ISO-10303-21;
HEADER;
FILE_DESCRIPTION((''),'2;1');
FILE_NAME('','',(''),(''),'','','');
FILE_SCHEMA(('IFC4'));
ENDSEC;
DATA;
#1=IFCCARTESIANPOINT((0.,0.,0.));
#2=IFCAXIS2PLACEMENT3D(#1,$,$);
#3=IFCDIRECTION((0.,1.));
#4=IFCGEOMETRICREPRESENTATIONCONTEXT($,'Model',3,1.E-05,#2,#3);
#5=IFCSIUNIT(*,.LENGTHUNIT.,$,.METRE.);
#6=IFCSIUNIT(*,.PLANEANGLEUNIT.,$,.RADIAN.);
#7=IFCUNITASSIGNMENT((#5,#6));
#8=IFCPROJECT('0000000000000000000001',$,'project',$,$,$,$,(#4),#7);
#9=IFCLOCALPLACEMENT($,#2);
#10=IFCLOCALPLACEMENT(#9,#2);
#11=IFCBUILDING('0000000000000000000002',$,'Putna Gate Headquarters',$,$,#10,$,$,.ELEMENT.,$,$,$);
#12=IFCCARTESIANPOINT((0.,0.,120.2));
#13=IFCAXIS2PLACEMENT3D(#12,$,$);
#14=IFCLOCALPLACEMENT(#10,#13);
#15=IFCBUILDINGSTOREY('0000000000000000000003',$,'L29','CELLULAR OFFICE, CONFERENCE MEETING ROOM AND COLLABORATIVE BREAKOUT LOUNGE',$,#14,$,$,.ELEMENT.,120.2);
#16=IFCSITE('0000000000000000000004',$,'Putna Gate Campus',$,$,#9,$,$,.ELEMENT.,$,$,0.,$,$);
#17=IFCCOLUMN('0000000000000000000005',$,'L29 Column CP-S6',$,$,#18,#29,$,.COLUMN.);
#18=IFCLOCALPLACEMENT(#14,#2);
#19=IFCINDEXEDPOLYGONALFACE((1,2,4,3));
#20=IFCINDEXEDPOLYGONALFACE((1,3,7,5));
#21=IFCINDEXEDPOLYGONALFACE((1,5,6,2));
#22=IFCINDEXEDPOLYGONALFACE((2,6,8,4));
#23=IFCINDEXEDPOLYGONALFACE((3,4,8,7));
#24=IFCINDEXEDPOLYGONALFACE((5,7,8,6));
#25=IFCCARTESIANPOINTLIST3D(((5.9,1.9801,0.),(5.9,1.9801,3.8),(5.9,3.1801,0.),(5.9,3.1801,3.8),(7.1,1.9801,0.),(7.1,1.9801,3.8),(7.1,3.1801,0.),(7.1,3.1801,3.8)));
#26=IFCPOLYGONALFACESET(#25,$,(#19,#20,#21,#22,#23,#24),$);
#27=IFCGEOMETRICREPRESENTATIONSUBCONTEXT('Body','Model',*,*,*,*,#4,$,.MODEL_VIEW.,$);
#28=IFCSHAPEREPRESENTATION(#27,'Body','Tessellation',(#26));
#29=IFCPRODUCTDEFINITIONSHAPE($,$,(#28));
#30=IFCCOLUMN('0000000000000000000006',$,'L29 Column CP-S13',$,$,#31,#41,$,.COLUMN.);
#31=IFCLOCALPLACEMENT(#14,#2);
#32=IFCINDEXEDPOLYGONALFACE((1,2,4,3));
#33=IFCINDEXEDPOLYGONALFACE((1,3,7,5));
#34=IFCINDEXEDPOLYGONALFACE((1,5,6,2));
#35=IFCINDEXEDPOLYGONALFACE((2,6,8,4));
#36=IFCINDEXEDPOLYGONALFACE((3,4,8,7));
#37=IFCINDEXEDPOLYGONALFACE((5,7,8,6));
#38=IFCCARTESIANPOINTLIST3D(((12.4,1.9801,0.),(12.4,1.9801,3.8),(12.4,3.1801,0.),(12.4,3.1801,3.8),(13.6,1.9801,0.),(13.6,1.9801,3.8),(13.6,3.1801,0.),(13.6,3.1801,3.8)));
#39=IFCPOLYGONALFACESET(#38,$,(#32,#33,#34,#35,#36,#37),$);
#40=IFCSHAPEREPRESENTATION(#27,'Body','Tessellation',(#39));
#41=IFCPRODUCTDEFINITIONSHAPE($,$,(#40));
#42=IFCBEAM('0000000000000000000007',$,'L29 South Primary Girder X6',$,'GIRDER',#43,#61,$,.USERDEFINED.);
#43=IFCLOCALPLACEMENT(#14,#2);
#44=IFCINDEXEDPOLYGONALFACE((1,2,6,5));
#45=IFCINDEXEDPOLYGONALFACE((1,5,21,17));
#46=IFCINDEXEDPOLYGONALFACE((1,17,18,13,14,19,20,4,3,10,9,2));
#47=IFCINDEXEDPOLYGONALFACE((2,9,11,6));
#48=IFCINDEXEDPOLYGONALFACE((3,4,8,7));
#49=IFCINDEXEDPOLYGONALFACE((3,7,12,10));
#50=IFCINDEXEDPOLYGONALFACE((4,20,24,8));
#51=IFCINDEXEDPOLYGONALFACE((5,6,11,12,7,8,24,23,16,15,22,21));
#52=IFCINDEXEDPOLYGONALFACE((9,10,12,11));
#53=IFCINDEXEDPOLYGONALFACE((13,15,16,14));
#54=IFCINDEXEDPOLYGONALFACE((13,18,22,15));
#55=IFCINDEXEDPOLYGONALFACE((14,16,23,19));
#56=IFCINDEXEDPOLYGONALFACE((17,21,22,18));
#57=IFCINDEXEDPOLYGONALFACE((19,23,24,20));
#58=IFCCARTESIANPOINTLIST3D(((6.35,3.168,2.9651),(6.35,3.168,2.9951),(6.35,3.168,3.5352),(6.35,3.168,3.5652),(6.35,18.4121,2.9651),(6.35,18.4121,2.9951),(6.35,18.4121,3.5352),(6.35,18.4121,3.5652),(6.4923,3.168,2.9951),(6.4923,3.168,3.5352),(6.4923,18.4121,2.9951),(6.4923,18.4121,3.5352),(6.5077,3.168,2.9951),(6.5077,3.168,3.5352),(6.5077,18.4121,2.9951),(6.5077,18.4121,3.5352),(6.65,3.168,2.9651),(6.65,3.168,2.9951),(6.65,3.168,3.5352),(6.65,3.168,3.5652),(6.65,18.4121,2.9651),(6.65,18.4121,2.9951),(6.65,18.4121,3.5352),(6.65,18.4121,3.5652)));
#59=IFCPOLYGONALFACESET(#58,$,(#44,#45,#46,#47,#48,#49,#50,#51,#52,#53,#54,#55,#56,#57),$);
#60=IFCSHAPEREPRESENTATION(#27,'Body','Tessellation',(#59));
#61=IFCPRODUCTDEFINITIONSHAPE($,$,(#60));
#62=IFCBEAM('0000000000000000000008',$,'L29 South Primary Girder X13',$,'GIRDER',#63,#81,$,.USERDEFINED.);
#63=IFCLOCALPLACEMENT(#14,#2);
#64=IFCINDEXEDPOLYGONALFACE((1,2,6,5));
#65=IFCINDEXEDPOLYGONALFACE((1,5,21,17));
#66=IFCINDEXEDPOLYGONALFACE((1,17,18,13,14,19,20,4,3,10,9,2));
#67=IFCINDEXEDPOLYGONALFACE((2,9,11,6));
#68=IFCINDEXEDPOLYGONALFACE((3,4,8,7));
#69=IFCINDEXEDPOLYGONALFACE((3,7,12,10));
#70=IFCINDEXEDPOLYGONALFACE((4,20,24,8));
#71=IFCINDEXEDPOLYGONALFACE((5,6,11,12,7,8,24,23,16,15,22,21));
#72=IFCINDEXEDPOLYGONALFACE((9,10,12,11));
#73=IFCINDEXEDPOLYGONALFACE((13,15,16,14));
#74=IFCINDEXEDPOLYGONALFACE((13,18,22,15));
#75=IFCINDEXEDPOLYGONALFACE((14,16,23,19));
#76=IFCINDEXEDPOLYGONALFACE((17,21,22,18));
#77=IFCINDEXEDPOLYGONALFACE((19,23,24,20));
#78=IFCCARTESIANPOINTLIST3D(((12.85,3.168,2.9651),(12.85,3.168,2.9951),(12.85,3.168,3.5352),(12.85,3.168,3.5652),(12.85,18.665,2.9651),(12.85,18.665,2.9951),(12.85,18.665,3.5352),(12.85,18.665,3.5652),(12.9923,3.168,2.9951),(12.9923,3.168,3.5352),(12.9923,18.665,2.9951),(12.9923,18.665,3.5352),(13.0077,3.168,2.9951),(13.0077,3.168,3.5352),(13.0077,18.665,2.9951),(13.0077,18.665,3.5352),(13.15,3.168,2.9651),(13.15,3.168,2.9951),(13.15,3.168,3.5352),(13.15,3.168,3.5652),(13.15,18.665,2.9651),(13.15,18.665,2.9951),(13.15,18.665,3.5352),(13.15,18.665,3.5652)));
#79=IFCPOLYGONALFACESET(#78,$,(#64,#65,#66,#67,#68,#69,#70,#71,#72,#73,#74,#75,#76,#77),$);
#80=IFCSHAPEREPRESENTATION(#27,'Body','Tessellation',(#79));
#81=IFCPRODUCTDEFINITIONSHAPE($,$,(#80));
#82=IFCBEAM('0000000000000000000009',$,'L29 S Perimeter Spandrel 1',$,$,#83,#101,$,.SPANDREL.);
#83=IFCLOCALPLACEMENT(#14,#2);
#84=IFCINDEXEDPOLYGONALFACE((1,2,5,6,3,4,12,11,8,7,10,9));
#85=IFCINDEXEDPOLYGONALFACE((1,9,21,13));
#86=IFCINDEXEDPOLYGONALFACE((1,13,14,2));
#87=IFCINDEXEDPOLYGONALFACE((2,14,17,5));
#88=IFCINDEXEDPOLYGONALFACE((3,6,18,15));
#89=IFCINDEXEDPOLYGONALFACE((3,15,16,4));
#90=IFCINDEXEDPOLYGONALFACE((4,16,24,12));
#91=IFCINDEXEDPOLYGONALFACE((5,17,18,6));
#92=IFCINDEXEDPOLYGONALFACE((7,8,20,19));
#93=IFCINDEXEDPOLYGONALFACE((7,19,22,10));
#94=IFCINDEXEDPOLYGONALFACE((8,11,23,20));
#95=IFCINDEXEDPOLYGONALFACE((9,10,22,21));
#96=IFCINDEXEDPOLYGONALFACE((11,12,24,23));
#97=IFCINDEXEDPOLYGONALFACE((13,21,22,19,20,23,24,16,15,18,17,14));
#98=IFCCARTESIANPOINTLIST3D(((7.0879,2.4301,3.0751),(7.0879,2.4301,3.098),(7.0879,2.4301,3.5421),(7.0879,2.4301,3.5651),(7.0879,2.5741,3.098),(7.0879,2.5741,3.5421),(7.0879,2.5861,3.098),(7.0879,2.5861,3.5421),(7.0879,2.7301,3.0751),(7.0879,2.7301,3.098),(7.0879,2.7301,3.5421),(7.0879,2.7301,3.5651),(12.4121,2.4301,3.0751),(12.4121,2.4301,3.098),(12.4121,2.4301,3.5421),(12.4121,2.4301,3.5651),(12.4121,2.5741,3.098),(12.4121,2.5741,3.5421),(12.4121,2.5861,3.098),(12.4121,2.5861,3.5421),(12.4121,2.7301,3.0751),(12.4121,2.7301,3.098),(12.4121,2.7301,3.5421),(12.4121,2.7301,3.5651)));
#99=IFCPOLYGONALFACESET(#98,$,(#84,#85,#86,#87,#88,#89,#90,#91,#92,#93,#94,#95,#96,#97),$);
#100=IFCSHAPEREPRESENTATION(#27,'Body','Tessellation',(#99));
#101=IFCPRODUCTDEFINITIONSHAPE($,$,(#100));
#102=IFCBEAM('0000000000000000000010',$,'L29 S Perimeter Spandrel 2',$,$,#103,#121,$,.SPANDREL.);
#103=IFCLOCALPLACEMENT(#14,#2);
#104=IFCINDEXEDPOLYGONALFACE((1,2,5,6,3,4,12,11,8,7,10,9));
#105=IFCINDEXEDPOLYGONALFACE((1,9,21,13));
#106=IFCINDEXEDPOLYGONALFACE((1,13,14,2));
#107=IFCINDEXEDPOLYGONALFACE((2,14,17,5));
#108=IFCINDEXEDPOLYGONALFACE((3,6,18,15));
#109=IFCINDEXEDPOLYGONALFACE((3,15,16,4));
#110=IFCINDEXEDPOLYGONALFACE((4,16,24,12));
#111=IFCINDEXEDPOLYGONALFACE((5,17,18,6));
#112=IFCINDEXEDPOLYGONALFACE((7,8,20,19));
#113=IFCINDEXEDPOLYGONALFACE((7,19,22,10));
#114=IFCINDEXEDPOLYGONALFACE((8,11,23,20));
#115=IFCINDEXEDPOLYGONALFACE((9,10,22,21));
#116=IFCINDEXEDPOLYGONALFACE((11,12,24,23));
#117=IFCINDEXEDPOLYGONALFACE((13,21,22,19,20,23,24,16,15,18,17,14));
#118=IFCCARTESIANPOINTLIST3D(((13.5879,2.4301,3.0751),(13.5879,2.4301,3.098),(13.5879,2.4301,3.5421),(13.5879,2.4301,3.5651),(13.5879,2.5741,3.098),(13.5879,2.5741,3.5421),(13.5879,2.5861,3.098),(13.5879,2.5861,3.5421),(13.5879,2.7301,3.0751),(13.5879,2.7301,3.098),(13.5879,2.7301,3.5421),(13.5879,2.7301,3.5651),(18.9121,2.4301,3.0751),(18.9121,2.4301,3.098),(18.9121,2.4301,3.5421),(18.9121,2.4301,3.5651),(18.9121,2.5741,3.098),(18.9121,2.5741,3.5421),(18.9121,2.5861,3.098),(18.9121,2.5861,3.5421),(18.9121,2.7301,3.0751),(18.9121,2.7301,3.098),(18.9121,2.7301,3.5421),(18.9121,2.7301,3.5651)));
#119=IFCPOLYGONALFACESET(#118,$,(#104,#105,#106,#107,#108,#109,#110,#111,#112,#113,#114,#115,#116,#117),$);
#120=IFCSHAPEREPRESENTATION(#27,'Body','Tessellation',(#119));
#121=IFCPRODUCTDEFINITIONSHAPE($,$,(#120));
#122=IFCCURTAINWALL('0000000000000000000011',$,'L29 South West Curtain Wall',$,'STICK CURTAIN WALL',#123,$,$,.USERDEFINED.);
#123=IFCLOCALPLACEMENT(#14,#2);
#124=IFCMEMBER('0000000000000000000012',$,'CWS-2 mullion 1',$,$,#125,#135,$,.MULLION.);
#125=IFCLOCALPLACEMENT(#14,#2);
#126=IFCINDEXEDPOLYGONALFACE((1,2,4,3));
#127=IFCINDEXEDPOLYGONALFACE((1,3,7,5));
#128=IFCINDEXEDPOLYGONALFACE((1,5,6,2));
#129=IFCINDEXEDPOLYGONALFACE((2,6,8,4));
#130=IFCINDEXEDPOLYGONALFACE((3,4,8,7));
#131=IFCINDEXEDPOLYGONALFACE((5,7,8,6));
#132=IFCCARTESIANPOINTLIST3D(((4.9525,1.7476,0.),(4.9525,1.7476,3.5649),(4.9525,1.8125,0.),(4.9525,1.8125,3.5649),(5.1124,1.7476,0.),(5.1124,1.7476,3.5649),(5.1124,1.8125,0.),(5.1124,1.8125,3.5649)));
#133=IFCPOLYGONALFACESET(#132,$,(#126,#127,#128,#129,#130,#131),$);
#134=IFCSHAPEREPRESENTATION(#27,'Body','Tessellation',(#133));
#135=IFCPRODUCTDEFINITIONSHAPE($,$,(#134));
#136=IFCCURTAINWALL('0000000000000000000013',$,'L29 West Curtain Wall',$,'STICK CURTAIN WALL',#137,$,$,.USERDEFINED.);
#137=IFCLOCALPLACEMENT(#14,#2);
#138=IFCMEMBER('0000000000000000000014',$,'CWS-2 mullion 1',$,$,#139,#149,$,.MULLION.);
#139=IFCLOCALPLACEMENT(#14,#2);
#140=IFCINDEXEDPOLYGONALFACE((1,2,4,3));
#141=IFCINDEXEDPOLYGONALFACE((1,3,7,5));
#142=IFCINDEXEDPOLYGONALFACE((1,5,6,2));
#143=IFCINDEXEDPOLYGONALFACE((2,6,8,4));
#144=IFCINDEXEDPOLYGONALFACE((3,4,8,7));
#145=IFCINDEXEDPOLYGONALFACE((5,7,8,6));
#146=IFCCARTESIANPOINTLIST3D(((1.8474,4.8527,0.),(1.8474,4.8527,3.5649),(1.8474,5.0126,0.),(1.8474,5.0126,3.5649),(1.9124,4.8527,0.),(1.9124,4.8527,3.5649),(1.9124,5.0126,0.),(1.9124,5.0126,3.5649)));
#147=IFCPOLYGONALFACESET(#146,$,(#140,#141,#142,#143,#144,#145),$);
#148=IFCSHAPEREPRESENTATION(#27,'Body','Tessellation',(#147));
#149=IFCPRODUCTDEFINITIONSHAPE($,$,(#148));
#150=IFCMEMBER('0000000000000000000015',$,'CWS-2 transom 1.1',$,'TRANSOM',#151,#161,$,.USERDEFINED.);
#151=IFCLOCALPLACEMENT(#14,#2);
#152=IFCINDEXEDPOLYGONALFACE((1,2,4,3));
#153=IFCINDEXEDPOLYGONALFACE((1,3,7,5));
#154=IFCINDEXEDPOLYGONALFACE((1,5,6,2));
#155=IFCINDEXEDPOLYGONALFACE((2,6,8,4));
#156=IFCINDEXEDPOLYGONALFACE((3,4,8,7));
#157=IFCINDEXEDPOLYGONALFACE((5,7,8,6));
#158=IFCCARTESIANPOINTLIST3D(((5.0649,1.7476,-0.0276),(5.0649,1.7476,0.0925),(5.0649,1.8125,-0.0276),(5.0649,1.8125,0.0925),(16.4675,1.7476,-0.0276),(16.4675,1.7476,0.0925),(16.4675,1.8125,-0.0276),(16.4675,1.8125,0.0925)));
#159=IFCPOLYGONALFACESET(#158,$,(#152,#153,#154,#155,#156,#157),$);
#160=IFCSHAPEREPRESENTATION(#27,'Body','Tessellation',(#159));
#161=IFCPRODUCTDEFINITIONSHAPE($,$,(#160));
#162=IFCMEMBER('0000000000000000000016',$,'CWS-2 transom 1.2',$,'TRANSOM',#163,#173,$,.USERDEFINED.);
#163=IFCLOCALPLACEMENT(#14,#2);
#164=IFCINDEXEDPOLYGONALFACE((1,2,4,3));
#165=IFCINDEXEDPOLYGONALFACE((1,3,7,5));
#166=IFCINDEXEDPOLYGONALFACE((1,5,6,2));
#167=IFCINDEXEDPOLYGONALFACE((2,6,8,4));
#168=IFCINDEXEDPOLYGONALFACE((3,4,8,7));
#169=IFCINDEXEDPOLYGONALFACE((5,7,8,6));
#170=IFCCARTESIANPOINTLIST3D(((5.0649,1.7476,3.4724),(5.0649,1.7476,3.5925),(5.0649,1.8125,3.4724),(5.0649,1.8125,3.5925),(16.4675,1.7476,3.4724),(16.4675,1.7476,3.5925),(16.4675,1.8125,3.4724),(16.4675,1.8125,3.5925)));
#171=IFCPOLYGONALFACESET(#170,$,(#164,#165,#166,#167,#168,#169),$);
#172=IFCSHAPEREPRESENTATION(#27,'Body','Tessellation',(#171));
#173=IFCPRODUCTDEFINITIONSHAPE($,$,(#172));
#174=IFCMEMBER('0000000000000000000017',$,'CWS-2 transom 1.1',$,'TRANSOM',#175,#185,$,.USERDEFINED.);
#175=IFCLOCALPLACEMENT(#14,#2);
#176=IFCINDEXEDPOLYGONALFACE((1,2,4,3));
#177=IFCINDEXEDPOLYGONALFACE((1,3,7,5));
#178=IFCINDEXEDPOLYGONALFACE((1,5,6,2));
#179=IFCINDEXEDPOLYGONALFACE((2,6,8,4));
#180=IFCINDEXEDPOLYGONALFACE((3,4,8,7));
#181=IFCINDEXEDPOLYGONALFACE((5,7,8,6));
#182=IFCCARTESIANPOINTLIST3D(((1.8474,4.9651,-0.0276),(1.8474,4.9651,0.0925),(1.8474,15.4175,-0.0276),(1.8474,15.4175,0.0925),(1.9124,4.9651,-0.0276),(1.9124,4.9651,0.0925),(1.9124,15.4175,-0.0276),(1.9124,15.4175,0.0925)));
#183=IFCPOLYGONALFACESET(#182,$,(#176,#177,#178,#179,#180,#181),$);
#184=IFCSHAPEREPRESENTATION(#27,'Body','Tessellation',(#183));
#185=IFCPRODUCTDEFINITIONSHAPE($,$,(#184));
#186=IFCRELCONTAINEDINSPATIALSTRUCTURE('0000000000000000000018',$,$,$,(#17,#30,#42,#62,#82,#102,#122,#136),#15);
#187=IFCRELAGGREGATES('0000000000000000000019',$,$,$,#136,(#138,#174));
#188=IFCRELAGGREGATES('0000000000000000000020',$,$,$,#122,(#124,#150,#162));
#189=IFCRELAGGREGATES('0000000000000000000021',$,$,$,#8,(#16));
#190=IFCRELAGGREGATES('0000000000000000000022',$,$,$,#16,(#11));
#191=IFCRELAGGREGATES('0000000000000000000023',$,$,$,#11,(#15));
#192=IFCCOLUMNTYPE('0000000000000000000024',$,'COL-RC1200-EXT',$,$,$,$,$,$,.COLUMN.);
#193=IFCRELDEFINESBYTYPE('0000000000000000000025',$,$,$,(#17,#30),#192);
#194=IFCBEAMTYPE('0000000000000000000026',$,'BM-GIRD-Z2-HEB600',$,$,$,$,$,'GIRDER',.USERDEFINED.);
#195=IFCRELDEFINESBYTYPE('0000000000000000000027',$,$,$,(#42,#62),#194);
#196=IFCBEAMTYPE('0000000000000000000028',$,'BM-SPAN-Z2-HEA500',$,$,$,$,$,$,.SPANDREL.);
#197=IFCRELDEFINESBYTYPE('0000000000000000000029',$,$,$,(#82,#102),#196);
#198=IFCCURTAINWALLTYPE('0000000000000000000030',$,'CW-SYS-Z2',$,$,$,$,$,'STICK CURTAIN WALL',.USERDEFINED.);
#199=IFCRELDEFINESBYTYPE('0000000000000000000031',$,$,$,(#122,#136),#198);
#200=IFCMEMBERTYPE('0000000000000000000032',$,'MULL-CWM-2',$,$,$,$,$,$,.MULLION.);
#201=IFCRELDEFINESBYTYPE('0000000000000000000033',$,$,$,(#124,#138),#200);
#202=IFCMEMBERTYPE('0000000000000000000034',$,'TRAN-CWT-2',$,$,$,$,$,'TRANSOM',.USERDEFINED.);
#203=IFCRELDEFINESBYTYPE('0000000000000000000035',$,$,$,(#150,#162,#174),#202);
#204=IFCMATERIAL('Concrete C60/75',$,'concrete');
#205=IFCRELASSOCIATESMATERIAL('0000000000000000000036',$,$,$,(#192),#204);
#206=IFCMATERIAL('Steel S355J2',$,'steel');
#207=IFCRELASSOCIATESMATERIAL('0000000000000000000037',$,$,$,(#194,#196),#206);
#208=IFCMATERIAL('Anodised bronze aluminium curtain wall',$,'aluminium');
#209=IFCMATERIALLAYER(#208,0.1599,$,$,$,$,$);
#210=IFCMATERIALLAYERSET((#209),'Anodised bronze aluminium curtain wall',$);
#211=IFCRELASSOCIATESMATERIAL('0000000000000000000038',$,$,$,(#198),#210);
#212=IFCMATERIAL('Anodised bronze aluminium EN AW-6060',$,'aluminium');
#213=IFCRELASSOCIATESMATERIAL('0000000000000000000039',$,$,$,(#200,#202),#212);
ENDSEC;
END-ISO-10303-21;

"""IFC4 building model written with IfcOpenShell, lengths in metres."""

from ifc_helpers import new_model, si_unit, direction, frame, origin, origin_2d, place, context, subcontext, project, spatial, rectangle, i_section, extrude, material, layer, layer_set, material_profile, profile_set, type_object, element, aggregate, save


model = new_model("IFC4")

# Units and contexts
model_context = context("Model", 3, precision=1e-05, world=origin(), true_north=direction((0.0, 1.0)))
body_context = subcontext(model_context, "Body", "Model", "MODEL_VIEW")
ifc_project = project(units=[si_unit("LENGTHUNIT", "METRE"), si_unit("PLANEANGLEUNIT", "RADIAN")], contexts=[model_context])

# Site, building, storey
site_placement = place(None, origin())
site = spatial("IfcSite", under=ifc_project, at=site_placement, Name="Putna Gate Campus", CompositionType="ELEMENT", RefElevation=0.0)
building_placement = place(site_placement, origin())
building = spatial("IfcBuilding", under=site, at=building_placement, Name="Putna Gate Headquarters", CompositionType="ELEMENT")
storey_placement = place(building_placement, frame((0.0, 0.0, 120.2)))
storey = spatial("IfcBuildingStorey", under=building, at=storey_placement, Name="L29", Description="CELLULAR OFFICE, CONFERENCE MEETING ROOM AND COLLABORATIVE BREAKOUT LOUNGE", CompositionType="ELEMENT", Elevation=120.2)

# Columns
ifc_material_1 = material(Name="Concrete C60/75", Category="concrete")
ifc_material_profile_1 = material_profile(ifc_material_1, rectangle(XDim=1.2, YDim=1.2, at=origin_2d()), Name="Concrete C60/75")
ifc_profile_set_1 = profile_set([ifc_material_profile_1], Name="Concrete C60/75")
column_type = type_object("IfcColumnType", Name="COL-RC1200-EXT", PredefinedType="COLUMN", material=ifc_profile_set_1)
for number, where, z_axis, x_axis, name in (
    (1, (6.5, 2.5801, 0.0), (0.0, 0.0, 1.0), (1.0, 0.0, 0.0), "L29 Column CP-S6"),
    (2, (13.0, 2.5801, 0.0), (0.0, 0.0, 1.0), (1.0, 0.0, 0.0), "L29 Column CP-S13"),
):
    element("IfcColumn", number, at=place(storey_placement, frame(where, z_axis=z_axis, x_axis=x_axis)), inside=storey, type_object=column_type, Name=name, PredefinedType="COLUMN", context=body_context, shape_type="SweptSolid", body=[
        extrude(rectangle(XDim=1.2, YDim=1.2, at=origin_2d()), origin(), (0.0, 0.0, 1.0), 3.8),
    ])

# Beams
ifc_material_2 = material(Name="Steel S355J2", Category="steel")
ifc_material_profile_2 = material_profile(ifc_material_2, i_section(OverallWidth=0.3, OverallDepth=0.6001, WebThickness=0.0154, FlangeThickness=0.03, at=origin_2d()), Name="Steel S355J2")
ifc_profile_set_2 = profile_set([ifc_material_profile_2], Name="Steel S355J2")
beam_type_1 = type_object("IfcBeamType", Name="BM-GIRD-Z2-HEB600", ElementType="GIRDER", PredefinedType="USERDEFINED", material=ifc_profile_set_2)
beam_1_placement = place(storey_placement, frame((6.5, 3.168, 3.2651), z_axis=(0.0, 1.0, 0.0), x_axis=(-1.0, 0.0, 0.0)))
element("IfcBeam", 3, at=beam_1_placement, inside=storey, type_object=beam_type_1, Name="L29 South Primary Girder X6", ObjectType="GIRDER", PredefinedType="USERDEFINED", context=body_context, shape_type="SweptSolid", body=[
    extrude(i_section(OverallWidth=0.3, OverallDepth=0.6001, WebThickness=0.0154, FlangeThickness=0.03, at=origin_2d()), origin(), (0.0, 0.0, 1.0), 15.2441),
])
beam_2_placement = place(storey_placement, frame((13.0, 3.168, 3.2651), z_axis=(0.0, 1.0, 0.0), x_axis=(-1.0, 0.0, 0.0)))
element("IfcBeam", 4, at=beam_2_placement, inside=storey, type_object=beam_type_1, Name="L29 South Primary Girder X13", ObjectType="GIRDER", PredefinedType="USERDEFINED", context=body_context, shape_type="SweptSolid", body=[
    extrude(i_section(OverallWidth=0.3, OverallDepth=0.6001, WebThickness=0.0154, FlangeThickness=0.03, at=origin_2d()), origin(), (0.0, 0.0, 1.0), 15.4971),
])
ifc_material_profile_3 = material_profile(ifc_material_2, i_section(OverallWidth=0.3, OverallDepth=0.49, WebThickness=0.012, FlangeThickness=0.0229, at=origin_2d()), Name="Steel S355J2")
ifc_profile_set_3 = profile_set([ifc_material_profile_3], Name="Steel S355J2")
beam_type_2 = type_object("IfcBeamType", Name="BM-SPAN-Z2-HEA500", PredefinedType="SPANDREL", material=ifc_profile_set_3)
for number, where, z_axis, x_axis, name in (
    (5, (7.0879, 2.5801, 3.3201), (1.0, 0.0, 0.0), (0.0, 1.0, 0.0), "L29 S Perimeter Spandrel 1"),
    (6, (13.5879, 2.5801, 3.3201), (1.0, 0.0, 0.0), (0.0, 1.0, 0.0), "L29 S Perimeter Spandrel 2"),
):
    element("IfcBeam", number, at=place(storey_placement, frame(where, z_axis=z_axis, x_axis=x_axis)), inside=storey, type_object=beam_type_2, Name=name, PredefinedType="SPANDREL", context=body_context, shape_type="SweptSolid", body=[
        extrude(i_section(OverallWidth=0.3, OverallDepth=0.49, WebThickness=0.012, FlangeThickness=0.0229, at=origin_2d()), origin(), (0.0, 0.0, 1.0), 5.3242),
    ])

# Curtain walls, members
ifc_material_3 = material(Name="Anodised bronze aluminium curtain wall", Category="aluminium")
ifc_layer_1 = layer(ifc_material_3, 0.1599)
ifc_layer_set_1 = layer_set([ifc_layer_1], Name="Anodised bronze aluminium curtain wall")
curtain_wall_type = type_object("IfcCurtainWallType", Name="CW-SYS-Z2", ElementType="STICK CURTAIN WALL", PredefinedType="USERDEFINED", material=ifc_layer_set_1)
curtain_wall_1_placement = place(storey_placement, origin())
curtain_wall_1 = element("IfcCurtainWall", 7, at=curtain_wall_1_placement, inside=storey, type_object=curtain_wall_type, Name="L29 South West Curtain Wall", ObjectType="STICK CURTAIN WALL", PredefinedType="USERDEFINED")
ifc_material_4 = material(Name="Anodised bronze aluminium EN AW-6060", Category="aluminium")
ifc_material_profile_4 = material_profile(ifc_material_4, rectangle(XDim=0.0649, YDim=0.1599, at=origin_2d()), Name="Anodised bronze aluminium EN AW-6060")
ifc_profile_set_4 = profile_set([ifc_material_profile_4], Name="Anodised bronze aluminium EN AW-6060")
member_type_1 = type_object("IfcMemberType", Name="MULL-CWM-2", PredefinedType="MULLION", material=ifc_profile_set_4)
member_1_placement = place(storey_placement, frame((5.0325, 1.78, 0.0), z_axis=(0.0, 0.0, 1.0), x_axis=(0.0, 1.0, 0.0)))
member_1 = element("IfcMember", 8, at=member_1_placement, type_object=member_type_1, Name="CWS-2 mullion 1", PredefinedType="MULLION", context=body_context, shape_type="SweptSolid", body=[
    extrude(rectangle(XDim=0.0649, YDim=0.1599, at=origin_2d()), origin(), (0.0, 0.0, 1.0), 3.5649),
])
curtain_wall_2_placement = place(storey_placement, origin())
curtain_wall_2 = element("IfcCurtainWall", 9, at=curtain_wall_2_placement, inside=storey, type_object=curtain_wall_type, Name="L29 West Curtain Wall", ObjectType="STICK CURTAIN WALL", PredefinedType="USERDEFINED")
member_2_placement = place(storey_placement, frame((1.8799, 4.9326, 0.0), z_axis=(0.0, 0.0, 1.0), x_axis=(-1.0, 0.0, 0.0)))
member_2 = element("IfcMember", 10, at=member_2_placement, type_object=member_type_1, Name="CWS-2 mullion 1", PredefinedType="MULLION", context=body_context, shape_type="SweptSolid", body=[
    extrude(rectangle(XDim=0.0649, YDim=0.1599, at=origin_2d()), origin(), (0.0, 0.0, 1.0), 3.5649),
])

# Members
ifc_material_profile_5 = material_profile(ifc_material_4, rectangle(XDim=0.0649, YDim=0.1201, at=origin_2d()), Name="Anodised bronze aluminium EN AW-6060")
ifc_profile_set_5 = profile_set([ifc_material_profile_5], Name="Anodised bronze aluminium EN AW-6060")
member_type_2 = type_object("IfcMemberType", Name="TRAN-CWT-2", ElementType="TRANSOM", PredefinedType="USERDEFINED", material=ifc_profile_set_5)
member_3_placement = place(storey_placement, frame((5.0649, 1.78, 0.0325), z_axis=(1.0, 0.0, 0.0), x_axis=(0.0, 1.0, 0.0)))
member_3 = element("IfcMember", 11, at=member_3_placement, type_object=member_type_2, Name="CWS-2 transom 1.1", ObjectType="TRANSOM", PredefinedType="USERDEFINED", context=body_context, shape_type="SweptSolid", body=[
    extrude(rectangle(XDim=0.0649, YDim=0.1201, at=origin_2d()), origin(), (0.0, 0.0, 1.0), 11.4026),
])
member_4_placement = place(storey_placement, frame((5.0649, 1.78, 3.5325), z_axis=(1.0, 0.0, 0.0), x_axis=(0.0, 1.0, 0.0)))
member_4 = element("IfcMember", 12, at=member_4_placement, type_object=member_type_2, Name="CWS-2 transom 1.2", ObjectType="TRANSOM", PredefinedType="USERDEFINED", context=body_context, shape_type="SweptSolid", body=[
    extrude(rectangle(XDim=0.0649, YDim=0.1201, at=origin_2d()), origin(), (0.0, 0.0, 1.0), 11.4026),
])
member_5_placement = place(storey_placement, frame((1.8799, 4.9651, 0.0325), z_axis=(0.0, 1.0, 0.0), x_axis=(-1.0, 0.0, 0.0)))
member_5 = element("IfcMember", 13, at=member_5_placement, type_object=member_type_2, Name="CWS-2 transom 1.1", ObjectType="TRANSOM", PredefinedType="USERDEFINED", context=body_context, shape_type="SweptSolid", body=[
    extrude(rectangle(XDim=0.0649, YDim=0.1201, at=origin_2d()), origin(), (0.0, 0.0, 1.0), 10.4524),
])
aggregate(curtain_wall_2, [member_2, member_5])

aggregate(curtain_wall_1, [member_1, member_3, member_4])

save(model, "model.ifc")
